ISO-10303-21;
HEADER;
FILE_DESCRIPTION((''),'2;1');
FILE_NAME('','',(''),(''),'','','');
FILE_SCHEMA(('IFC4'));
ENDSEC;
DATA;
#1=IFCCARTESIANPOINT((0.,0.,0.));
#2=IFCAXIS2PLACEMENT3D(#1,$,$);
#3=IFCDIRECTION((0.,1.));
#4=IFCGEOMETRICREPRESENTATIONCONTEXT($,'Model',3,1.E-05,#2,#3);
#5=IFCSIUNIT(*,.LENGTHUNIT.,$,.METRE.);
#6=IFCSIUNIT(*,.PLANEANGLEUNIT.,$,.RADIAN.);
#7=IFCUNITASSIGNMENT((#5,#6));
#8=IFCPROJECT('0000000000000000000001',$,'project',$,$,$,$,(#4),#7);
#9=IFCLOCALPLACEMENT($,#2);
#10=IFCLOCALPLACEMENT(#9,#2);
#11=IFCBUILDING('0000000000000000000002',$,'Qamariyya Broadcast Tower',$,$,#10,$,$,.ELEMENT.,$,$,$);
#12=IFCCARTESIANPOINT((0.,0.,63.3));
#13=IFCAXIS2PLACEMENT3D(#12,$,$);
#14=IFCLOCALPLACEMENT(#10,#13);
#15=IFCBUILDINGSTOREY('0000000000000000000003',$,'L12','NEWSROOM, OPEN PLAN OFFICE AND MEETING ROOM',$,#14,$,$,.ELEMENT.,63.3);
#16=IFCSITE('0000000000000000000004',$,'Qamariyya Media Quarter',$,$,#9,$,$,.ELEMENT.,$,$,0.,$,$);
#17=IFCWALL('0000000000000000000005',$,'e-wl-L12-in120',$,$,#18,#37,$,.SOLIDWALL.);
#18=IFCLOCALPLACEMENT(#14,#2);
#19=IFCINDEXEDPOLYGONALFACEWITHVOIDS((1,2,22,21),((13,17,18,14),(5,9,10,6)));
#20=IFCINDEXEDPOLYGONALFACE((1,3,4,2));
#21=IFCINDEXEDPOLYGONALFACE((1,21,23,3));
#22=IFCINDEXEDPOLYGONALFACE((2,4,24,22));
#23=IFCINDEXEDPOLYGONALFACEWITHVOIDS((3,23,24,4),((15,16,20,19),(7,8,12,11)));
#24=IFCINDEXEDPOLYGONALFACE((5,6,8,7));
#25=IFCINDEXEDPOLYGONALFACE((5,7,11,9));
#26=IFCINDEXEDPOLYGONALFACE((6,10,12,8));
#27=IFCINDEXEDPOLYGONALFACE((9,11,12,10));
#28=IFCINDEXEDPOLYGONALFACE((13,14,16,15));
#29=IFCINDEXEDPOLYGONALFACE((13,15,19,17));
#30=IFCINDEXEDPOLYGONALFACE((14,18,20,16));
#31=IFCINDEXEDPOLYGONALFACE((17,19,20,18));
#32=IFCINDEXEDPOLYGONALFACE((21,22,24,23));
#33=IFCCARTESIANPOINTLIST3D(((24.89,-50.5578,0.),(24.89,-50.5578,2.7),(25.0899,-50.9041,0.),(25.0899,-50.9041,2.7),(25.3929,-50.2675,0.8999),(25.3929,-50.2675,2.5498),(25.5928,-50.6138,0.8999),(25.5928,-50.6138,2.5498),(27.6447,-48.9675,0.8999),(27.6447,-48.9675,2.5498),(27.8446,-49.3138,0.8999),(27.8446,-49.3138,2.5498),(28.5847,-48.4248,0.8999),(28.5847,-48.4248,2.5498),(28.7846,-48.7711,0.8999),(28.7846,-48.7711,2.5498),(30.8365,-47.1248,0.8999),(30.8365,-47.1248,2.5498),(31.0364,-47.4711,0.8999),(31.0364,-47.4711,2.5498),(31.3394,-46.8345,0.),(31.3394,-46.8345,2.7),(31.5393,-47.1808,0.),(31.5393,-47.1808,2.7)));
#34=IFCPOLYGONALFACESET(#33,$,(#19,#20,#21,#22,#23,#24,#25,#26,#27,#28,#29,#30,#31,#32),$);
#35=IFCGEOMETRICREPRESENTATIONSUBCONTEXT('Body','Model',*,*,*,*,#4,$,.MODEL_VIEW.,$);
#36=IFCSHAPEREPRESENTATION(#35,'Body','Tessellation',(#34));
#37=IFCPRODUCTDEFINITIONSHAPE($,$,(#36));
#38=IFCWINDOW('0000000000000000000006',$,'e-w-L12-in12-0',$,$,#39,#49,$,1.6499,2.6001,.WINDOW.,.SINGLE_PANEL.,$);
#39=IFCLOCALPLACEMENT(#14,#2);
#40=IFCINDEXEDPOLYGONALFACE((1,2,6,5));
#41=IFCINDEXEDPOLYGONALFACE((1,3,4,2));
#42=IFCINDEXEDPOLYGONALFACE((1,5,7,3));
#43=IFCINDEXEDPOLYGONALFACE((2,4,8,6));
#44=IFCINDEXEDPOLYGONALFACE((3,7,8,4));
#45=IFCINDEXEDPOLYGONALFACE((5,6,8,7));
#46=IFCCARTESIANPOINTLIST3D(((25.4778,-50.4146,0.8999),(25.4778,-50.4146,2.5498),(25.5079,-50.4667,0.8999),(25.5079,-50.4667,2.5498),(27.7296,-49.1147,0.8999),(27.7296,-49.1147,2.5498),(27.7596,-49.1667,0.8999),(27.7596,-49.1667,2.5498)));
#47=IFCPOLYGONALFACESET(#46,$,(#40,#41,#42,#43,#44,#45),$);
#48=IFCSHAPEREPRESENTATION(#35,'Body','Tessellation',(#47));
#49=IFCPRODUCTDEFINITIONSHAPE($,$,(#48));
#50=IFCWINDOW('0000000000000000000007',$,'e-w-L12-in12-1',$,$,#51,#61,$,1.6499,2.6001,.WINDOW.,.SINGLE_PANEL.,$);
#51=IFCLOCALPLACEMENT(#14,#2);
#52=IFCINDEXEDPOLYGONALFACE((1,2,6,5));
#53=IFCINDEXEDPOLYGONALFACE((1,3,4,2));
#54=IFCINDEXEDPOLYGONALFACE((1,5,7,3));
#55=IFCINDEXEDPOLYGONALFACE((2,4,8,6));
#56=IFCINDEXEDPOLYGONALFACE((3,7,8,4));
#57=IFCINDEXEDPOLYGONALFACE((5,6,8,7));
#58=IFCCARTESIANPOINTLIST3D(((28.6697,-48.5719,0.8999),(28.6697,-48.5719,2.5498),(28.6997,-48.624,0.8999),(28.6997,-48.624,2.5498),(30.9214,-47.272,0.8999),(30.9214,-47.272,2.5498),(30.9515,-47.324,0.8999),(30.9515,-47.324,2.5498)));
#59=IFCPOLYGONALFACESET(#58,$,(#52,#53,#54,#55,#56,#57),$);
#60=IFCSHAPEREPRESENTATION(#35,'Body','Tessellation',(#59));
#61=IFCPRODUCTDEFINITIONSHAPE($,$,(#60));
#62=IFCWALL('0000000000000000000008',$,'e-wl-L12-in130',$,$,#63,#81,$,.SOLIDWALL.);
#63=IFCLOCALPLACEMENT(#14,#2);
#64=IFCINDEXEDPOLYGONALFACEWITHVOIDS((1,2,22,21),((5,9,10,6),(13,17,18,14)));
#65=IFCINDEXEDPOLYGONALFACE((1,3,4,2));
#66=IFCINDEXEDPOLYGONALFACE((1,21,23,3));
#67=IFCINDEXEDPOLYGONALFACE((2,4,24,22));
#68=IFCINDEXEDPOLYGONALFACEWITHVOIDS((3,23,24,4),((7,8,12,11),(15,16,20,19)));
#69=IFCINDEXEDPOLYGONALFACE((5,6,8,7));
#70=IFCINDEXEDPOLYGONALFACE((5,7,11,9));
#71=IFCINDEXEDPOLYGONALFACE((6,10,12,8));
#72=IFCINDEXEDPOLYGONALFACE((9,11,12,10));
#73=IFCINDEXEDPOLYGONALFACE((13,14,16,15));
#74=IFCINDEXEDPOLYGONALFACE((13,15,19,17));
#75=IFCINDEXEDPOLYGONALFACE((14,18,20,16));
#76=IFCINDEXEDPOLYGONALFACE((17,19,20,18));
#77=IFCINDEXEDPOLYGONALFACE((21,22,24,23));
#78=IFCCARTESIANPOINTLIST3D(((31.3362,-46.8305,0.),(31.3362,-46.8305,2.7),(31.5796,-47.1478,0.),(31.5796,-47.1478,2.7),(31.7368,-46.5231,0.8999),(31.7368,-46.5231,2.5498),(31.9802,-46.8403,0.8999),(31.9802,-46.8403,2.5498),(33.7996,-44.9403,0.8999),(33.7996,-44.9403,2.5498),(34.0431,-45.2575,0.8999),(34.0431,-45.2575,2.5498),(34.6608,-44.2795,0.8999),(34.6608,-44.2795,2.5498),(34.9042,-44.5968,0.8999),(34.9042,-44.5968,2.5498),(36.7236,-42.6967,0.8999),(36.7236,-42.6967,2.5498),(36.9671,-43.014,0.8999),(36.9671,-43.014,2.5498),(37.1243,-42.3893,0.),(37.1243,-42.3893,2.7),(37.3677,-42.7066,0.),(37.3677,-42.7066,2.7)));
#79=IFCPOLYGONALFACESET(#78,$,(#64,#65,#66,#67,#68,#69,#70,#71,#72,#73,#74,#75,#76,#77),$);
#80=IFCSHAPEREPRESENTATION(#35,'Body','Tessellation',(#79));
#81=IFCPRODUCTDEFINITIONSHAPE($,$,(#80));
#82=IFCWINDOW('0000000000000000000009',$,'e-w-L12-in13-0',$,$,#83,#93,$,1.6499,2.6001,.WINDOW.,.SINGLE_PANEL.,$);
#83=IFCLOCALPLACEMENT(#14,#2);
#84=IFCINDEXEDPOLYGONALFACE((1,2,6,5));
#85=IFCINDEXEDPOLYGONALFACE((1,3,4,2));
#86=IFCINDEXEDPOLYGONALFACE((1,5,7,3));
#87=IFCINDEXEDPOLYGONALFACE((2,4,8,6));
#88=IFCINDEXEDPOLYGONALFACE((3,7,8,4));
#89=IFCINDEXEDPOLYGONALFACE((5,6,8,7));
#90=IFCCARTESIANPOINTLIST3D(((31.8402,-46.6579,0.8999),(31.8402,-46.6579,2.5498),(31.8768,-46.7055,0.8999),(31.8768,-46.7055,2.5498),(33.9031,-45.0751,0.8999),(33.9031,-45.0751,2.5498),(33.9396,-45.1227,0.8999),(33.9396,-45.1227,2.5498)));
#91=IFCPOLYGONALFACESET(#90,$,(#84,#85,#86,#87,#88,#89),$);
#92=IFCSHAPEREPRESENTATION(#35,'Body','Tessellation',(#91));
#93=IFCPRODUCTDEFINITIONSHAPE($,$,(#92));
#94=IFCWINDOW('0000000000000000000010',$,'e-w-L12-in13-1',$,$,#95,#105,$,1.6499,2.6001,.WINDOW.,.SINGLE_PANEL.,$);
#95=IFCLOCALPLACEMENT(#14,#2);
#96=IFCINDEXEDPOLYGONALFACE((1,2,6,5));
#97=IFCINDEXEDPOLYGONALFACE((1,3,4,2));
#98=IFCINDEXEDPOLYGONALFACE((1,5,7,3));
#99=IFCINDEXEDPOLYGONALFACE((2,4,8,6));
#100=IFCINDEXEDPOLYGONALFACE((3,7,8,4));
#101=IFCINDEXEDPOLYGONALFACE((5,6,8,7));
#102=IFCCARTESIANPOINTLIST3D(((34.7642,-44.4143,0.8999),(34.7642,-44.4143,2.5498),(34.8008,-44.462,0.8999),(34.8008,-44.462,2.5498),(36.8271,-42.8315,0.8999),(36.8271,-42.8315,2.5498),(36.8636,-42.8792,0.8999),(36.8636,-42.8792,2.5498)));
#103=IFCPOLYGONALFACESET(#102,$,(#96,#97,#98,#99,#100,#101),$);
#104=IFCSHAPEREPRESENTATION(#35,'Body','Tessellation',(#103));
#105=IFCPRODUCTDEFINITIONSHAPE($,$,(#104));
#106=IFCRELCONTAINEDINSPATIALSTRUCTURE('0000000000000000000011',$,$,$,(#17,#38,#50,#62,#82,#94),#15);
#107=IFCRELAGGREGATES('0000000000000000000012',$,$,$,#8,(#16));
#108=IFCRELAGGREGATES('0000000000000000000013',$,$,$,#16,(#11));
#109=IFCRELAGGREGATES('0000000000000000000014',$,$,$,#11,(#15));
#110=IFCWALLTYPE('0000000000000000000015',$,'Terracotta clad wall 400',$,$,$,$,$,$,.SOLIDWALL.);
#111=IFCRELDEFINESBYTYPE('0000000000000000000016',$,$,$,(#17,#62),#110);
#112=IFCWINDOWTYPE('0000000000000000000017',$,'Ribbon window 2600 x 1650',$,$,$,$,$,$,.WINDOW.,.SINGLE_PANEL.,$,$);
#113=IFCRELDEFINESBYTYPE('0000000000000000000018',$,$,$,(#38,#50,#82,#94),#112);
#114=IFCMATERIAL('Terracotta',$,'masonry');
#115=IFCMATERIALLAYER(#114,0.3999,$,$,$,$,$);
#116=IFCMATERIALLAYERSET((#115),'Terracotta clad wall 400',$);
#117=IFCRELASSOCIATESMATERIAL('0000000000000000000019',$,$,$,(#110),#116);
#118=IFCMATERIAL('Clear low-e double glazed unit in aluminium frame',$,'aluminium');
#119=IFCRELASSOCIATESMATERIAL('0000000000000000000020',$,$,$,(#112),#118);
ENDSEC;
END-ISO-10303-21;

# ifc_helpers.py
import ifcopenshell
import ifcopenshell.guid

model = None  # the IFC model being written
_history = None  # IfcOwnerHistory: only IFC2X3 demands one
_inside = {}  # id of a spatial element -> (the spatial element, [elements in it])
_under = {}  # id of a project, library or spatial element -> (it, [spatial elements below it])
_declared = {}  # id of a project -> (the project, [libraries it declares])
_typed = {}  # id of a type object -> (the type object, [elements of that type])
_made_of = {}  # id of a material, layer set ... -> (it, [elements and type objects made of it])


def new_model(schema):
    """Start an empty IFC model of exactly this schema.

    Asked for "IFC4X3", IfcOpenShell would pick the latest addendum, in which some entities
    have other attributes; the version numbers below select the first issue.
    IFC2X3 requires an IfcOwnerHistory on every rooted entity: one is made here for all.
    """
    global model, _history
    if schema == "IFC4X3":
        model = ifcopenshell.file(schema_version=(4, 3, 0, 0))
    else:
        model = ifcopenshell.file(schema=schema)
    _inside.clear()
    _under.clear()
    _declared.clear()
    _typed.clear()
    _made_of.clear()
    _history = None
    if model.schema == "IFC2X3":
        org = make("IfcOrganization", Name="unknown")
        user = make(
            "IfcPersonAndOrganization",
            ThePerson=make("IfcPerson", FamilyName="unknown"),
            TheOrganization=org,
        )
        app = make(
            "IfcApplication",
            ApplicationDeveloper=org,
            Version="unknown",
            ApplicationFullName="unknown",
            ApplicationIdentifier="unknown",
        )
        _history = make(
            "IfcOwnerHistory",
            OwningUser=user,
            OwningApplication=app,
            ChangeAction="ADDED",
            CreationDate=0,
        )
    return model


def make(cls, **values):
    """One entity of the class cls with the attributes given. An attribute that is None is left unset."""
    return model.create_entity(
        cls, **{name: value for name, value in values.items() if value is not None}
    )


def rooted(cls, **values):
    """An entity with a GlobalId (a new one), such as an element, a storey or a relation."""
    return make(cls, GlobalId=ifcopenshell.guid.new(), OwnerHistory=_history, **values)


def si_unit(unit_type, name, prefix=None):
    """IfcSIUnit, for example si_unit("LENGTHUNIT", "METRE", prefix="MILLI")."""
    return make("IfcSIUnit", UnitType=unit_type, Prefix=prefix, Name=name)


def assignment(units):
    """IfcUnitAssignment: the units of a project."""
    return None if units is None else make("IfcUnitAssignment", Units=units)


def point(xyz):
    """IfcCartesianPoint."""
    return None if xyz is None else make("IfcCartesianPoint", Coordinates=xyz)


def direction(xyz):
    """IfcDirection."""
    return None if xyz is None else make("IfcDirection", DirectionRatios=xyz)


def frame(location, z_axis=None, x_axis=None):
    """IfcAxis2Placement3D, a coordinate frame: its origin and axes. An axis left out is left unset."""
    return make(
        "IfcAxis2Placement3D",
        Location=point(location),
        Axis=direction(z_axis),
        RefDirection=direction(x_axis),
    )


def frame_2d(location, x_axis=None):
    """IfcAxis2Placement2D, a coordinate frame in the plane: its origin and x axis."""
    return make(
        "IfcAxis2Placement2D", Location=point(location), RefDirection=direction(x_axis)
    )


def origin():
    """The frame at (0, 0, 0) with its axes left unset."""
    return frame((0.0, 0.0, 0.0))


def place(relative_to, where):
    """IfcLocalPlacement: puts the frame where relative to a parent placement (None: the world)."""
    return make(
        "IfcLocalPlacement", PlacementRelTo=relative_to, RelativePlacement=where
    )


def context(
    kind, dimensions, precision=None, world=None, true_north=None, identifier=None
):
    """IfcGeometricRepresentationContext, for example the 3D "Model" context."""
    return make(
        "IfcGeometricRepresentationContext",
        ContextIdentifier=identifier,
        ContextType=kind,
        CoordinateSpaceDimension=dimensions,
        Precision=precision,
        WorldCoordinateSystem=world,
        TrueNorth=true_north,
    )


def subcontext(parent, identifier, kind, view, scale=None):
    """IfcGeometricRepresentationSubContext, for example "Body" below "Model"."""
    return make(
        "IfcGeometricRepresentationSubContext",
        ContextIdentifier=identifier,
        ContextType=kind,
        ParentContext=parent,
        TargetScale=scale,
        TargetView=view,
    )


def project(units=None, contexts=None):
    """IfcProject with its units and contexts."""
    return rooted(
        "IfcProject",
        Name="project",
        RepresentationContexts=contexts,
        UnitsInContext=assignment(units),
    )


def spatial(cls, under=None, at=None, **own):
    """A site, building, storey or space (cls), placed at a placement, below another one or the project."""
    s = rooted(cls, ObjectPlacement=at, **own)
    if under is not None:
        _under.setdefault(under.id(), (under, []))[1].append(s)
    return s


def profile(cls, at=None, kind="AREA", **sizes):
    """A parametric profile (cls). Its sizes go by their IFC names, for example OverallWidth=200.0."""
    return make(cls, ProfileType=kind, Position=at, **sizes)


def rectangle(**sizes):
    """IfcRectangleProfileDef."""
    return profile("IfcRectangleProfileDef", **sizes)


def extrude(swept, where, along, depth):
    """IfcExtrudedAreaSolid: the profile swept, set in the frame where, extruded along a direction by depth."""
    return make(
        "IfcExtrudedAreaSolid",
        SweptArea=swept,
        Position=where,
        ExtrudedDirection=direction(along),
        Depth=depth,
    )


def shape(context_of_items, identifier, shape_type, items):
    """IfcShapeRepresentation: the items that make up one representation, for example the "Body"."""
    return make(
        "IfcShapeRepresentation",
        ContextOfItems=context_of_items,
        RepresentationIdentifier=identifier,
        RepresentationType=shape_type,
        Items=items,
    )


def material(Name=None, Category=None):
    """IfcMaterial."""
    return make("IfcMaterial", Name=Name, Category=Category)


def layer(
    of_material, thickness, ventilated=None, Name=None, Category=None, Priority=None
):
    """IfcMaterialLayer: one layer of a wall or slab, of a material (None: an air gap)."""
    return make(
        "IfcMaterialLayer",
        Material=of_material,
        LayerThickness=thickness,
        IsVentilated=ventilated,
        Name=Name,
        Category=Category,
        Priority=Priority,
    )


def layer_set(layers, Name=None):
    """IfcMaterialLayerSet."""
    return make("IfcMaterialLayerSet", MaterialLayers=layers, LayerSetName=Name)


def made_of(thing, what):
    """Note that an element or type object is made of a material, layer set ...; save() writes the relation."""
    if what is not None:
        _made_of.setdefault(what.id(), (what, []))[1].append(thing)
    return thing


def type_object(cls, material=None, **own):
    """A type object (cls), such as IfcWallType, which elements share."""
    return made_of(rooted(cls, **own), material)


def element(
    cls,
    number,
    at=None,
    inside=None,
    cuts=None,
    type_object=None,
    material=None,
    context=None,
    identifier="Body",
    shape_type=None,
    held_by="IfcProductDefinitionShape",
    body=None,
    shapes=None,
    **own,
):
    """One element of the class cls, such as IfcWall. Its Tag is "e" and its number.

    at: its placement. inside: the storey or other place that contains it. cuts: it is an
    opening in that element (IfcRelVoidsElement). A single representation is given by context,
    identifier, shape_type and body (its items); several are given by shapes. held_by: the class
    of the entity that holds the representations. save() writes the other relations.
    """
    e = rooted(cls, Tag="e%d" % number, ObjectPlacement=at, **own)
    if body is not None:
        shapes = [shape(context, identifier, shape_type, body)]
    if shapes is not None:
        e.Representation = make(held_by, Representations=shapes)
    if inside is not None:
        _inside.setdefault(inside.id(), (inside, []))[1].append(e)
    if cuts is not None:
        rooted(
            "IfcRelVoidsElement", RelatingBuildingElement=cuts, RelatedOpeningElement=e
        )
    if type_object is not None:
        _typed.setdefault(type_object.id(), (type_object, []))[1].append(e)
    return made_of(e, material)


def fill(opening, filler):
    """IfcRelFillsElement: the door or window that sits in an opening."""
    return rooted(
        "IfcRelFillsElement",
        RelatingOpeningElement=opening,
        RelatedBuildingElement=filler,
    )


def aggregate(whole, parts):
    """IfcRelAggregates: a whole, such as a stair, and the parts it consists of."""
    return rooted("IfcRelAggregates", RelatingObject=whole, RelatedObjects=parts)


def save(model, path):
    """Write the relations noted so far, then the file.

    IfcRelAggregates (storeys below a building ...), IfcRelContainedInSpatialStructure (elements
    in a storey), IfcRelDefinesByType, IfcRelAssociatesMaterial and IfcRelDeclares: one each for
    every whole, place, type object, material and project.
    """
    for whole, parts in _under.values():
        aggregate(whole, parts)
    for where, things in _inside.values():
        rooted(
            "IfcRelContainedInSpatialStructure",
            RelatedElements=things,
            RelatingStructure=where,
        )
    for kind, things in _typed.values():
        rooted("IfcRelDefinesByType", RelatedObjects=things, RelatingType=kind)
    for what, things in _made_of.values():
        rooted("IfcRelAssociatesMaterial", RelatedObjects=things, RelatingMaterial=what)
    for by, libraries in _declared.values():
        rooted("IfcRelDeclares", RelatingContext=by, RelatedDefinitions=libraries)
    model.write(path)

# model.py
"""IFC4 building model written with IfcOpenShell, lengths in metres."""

from ifc_helpers import new_model, si_unit, direction, frame, frame_2d, origin, place, context, subcontext, project, spatial, rectangle, extrude, material, layer, layer_set, type_object, element, fill, save


model = new_model("IFC4")

# Units and contexts
model_context = context("Model", 3, precision=1e-05, world=origin(), true_north=direction((0.0, 1.0)))
body_context = subcontext(model_context, "Body", "Model", "MODEL_VIEW")
ifc_project = project(units=[si_unit("LENGTHUNIT", "METRE"), si_unit("PLANEANGLEUNIT", "RADIAN")], contexts=[model_context])

# Site, building, storey
site_placement = place(None, origin())
building_placement = place(site_placement, origin())
storey_placement = place(building_placement, frame((0.0, 0.0, 63.3)))
site = spatial("IfcSite", under=ifc_project, at=site_placement, Name="Qamariyya Media Quarter", CompositionType="ELEMENT", RefElevation=0.0)
building = spatial("IfcBuilding", under=site, at=building_placement, Name="Qamariyya Broadcast Tower", CompositionType="ELEMENT")
storey = spatial("IfcBuildingStorey", under=building, at=storey_placement, Name="L12", Description="NEWSROOM, OPEN PLAN OFFICE AND MEETING ROOM", CompositionType="ELEMENT", Elevation=63.3)

# Walls, openings, windows
ifc_material_1 = material(Name="Terracotta", Category="masonry")
ifc_layer = layer(ifc_material_1, 0.3999)
ifc_layer_set = layer_set([ifc_layer], Name="Terracotta clad wall 400")
wall_type = type_object("IfcWallType", Name="Terracotta clad wall 400", PredefinedType="SOLIDWALL", material=ifc_layer_set)
wall_1_placement = place(storey_placement, frame((31.4395, -47.0076, 0.0), z_axis=(0.0, 0.0, 1.0), x_axis=(-0.866038, -0.499979, 0.0)))
wall_1 = element("IfcWall", 1, at=wall_1_placement, inside=storey, type_object=wall_type, Name="e-wl-L12-in120", PredefinedType="SOLIDWALL", context=body_context, shape_type="SweptSolid", body=[
    extrude(rectangle(XDim=7.447, YDim=0.3999, at=frame_2d((3.7236, 0.0))), origin(), (0.0, 0.0, 1.0), 2.7),
])
opening_1_placement = place(wall_1_placement, frame((4.2664, 0.0, 0.8999)))
opening_1 = element("IfcOpeningElement", 2, at=opening_1_placement, cuts=wall_1, PredefinedType="OPENING", context=body_context, shape_type="SweptSolid", body=[
    extrude(rectangle(XDim=2.6001, YDim=1.6499, at=frame_2d((1.3, 0.825))), frame((0.0, 0.21, 0.0), z_axis=(0.0, -1.0, 0.0), x_axis=(1.0, 0.0, 0.0)), (0.0, 0.0, 1.0), 0.4199),
])
opening_2_placement = place(wall_1_placement, frame((0.5808, 0.0, 0.8999)))
opening_2 = element("IfcOpeningElement", 3, at=opening_2_placement, cuts=wall_1, PredefinedType="OPENING", context=body_context, shape_type="SweptSolid", body=[
    extrude(rectangle(XDim=2.6001, YDim=1.6499, at=frame_2d((1.3, 0.825))), frame((0.0, 0.21, 0.0), z_axis=(0.0, -1.0, 0.0), x_axis=(1.0, 0.0, 0.0)), (0.0, 0.0, 1.0), 0.4199),
])
ifc_material_2 = material(Name="Clear low-e double glazed unit in aluminium frame", Category="aluminium")
window_type = type_object("IfcWindowType", Name="Ribbon window 2600 x 1650", PartitioningType="SINGLE_PANEL", PredefinedType="WINDOW", material=ifc_material_2)
window_1_placement = place(opening_1_placement, origin())
window_1 = element("IfcWindow", 4, at=window_1_placement, inside=storey, type_object=window_type, Name="e-w-L12-in12-0", OverallHeight=1.6499, OverallWidth=2.6001, PartitioningType="SINGLE_PANEL", PredefinedType="WINDOW", context=body_context, shape_type="SweptSolid", body=[
    extrude(rectangle(XDim=2.6001, YDim=1.6499, at=frame_2d((1.3, 0.825))), frame((0.0, 0.03, 0.0), z_axis=(0.0, -1.0, 0.0), x_axis=(1.0, 0.0, 0.0)), (0.0, 0.0, 1.0), 0.0601),
])
fill(opening_1, window_1)
window_2_placement = place(opening_2_placement, origin())
window_2 = element("IfcWindow", 5, at=window_2_placement, inside=storey, type_object=window_type, Name="e-w-L12-in12-1", OverallHeight=1.6499, OverallWidth=2.6001, PartitioningType="SINGLE_PANEL", PredefinedType="WINDOW", context=body_context, shape_type="SweptSolid", body=[
    extrude(rectangle(XDim=2.6001, YDim=1.6499, at=frame_2d((1.3, 0.825))), frame((0.0, 0.03, 0.0), z_axis=(0.0, -1.0, 0.0), x_axis=(1.0, 0.0, 0.0)), (0.0, 0.0, 1.0), 0.0601),
])
fill(opening_2, window_2)
wall_2_placement = place(storey_placement, frame((37.2461, -42.5479, 0.0), z_axis=(0.0, 0.0, 1.0), x_axis=(-0.793366, -0.608745, 0.0)))
wall_2 = element("IfcWall", 6, at=wall_2_placement, inside=storey, type_object=wall_type, Name="e-wl-L12-in130", PredefinedType="SOLIDWALL", context=body_context, shape_type="SweptSolid", body=[
    extrude(rectangle(XDim=7.2957, YDim=0.3999, at=frame_2d((3.6479, 0.0))), origin(), (0.0, 0.0, 1.0), 2.7),
])
opening_3_placement = place(wall_2_placement, frame((4.1907, 0.0, 0.8999)))
opening_3 = element("IfcOpeningElement", 7, at=opening_3_placement, cuts=wall_2, PredefinedType="OPENING", context=body_context, shape_type="SweptSolid", body=[
    extrude(rectangle(XDim=2.6001, YDim=1.6499, at=frame_2d((1.3, 0.825))), frame((0.0, 0.21, 0.0), z_axis=(0.0, -1.0, 0.0), x_axis=(1.0, 0.0, 0.0)), (0.0, 0.0, 1.0), 0.4199),
])
opening_4_placement = place(wall_2_placement, frame((0.5051, 0.0, 0.8999)))
opening_4 = element("IfcOpeningElement", 8, at=opening_4_placement, cuts=wall_2, PredefinedType="OPENING", context=body_context, shape_type="SweptSolid", body=[
    extrude(rectangle(XDim=2.6001, YDim=1.6499, at=frame_2d((1.3, 0.825))), frame((0.0, 0.21, 0.0), z_axis=(0.0, -1.0, 0.0), x_axis=(1.0, 0.0, 0.0)), (0.0, 0.0, 1.0), 0.4199),
])
window_3_placement = place(opening_3_placement, origin())
window_3 = element("IfcWindow", 9, at=window_3_placement, inside=storey, type_object=window_type, Name="e-w-L12-in13-0", OverallHeight=1.6499, OverallWidth=2.6001, PartitioningType="SINGLE_PANEL", PredefinedType="WINDOW", context=body_context, shape_type="SweptSolid", body=[
    extrude(rectangle(XDim=2.6001, YDim=1.6499, at=frame_2d((1.3, 0.825))), frame((0.0, 0.03, 0.0), z_axis=(0.0, -1.0, 0.0), x_axis=(1.0, 0.0, 0.0)), (0.0, 0.0, 1.0), 0.0601),
])
fill(opening_3, window_3)
window_4_placement = place(opening_4_placement, origin())
window_4 = element("IfcWindow", 10, at=window_4_placement, inside=storey, type_object=window_type, Name="e-w-L12-in13-1", OverallHeight=1.6499, OverallWidth=2.6001, PartitioningType="SINGLE_PANEL", PredefinedType="WINDOW", context=body_context, shape_type="SweptSolid", body=[
    extrude(rectangle(XDim=2.6001, YDim=1.6499, at=frame_2d((1.3, 0.825))), frame((0.0, 0.03, 0.0), z_axis=(0.0, -1.0, 0.0), x_axis=(1.0, 0.0, 0.0)), (0.0, 0.0, 1.0), 0.0601),
])
fill(opening_4, window_4)

save(model, "model.ifc")
